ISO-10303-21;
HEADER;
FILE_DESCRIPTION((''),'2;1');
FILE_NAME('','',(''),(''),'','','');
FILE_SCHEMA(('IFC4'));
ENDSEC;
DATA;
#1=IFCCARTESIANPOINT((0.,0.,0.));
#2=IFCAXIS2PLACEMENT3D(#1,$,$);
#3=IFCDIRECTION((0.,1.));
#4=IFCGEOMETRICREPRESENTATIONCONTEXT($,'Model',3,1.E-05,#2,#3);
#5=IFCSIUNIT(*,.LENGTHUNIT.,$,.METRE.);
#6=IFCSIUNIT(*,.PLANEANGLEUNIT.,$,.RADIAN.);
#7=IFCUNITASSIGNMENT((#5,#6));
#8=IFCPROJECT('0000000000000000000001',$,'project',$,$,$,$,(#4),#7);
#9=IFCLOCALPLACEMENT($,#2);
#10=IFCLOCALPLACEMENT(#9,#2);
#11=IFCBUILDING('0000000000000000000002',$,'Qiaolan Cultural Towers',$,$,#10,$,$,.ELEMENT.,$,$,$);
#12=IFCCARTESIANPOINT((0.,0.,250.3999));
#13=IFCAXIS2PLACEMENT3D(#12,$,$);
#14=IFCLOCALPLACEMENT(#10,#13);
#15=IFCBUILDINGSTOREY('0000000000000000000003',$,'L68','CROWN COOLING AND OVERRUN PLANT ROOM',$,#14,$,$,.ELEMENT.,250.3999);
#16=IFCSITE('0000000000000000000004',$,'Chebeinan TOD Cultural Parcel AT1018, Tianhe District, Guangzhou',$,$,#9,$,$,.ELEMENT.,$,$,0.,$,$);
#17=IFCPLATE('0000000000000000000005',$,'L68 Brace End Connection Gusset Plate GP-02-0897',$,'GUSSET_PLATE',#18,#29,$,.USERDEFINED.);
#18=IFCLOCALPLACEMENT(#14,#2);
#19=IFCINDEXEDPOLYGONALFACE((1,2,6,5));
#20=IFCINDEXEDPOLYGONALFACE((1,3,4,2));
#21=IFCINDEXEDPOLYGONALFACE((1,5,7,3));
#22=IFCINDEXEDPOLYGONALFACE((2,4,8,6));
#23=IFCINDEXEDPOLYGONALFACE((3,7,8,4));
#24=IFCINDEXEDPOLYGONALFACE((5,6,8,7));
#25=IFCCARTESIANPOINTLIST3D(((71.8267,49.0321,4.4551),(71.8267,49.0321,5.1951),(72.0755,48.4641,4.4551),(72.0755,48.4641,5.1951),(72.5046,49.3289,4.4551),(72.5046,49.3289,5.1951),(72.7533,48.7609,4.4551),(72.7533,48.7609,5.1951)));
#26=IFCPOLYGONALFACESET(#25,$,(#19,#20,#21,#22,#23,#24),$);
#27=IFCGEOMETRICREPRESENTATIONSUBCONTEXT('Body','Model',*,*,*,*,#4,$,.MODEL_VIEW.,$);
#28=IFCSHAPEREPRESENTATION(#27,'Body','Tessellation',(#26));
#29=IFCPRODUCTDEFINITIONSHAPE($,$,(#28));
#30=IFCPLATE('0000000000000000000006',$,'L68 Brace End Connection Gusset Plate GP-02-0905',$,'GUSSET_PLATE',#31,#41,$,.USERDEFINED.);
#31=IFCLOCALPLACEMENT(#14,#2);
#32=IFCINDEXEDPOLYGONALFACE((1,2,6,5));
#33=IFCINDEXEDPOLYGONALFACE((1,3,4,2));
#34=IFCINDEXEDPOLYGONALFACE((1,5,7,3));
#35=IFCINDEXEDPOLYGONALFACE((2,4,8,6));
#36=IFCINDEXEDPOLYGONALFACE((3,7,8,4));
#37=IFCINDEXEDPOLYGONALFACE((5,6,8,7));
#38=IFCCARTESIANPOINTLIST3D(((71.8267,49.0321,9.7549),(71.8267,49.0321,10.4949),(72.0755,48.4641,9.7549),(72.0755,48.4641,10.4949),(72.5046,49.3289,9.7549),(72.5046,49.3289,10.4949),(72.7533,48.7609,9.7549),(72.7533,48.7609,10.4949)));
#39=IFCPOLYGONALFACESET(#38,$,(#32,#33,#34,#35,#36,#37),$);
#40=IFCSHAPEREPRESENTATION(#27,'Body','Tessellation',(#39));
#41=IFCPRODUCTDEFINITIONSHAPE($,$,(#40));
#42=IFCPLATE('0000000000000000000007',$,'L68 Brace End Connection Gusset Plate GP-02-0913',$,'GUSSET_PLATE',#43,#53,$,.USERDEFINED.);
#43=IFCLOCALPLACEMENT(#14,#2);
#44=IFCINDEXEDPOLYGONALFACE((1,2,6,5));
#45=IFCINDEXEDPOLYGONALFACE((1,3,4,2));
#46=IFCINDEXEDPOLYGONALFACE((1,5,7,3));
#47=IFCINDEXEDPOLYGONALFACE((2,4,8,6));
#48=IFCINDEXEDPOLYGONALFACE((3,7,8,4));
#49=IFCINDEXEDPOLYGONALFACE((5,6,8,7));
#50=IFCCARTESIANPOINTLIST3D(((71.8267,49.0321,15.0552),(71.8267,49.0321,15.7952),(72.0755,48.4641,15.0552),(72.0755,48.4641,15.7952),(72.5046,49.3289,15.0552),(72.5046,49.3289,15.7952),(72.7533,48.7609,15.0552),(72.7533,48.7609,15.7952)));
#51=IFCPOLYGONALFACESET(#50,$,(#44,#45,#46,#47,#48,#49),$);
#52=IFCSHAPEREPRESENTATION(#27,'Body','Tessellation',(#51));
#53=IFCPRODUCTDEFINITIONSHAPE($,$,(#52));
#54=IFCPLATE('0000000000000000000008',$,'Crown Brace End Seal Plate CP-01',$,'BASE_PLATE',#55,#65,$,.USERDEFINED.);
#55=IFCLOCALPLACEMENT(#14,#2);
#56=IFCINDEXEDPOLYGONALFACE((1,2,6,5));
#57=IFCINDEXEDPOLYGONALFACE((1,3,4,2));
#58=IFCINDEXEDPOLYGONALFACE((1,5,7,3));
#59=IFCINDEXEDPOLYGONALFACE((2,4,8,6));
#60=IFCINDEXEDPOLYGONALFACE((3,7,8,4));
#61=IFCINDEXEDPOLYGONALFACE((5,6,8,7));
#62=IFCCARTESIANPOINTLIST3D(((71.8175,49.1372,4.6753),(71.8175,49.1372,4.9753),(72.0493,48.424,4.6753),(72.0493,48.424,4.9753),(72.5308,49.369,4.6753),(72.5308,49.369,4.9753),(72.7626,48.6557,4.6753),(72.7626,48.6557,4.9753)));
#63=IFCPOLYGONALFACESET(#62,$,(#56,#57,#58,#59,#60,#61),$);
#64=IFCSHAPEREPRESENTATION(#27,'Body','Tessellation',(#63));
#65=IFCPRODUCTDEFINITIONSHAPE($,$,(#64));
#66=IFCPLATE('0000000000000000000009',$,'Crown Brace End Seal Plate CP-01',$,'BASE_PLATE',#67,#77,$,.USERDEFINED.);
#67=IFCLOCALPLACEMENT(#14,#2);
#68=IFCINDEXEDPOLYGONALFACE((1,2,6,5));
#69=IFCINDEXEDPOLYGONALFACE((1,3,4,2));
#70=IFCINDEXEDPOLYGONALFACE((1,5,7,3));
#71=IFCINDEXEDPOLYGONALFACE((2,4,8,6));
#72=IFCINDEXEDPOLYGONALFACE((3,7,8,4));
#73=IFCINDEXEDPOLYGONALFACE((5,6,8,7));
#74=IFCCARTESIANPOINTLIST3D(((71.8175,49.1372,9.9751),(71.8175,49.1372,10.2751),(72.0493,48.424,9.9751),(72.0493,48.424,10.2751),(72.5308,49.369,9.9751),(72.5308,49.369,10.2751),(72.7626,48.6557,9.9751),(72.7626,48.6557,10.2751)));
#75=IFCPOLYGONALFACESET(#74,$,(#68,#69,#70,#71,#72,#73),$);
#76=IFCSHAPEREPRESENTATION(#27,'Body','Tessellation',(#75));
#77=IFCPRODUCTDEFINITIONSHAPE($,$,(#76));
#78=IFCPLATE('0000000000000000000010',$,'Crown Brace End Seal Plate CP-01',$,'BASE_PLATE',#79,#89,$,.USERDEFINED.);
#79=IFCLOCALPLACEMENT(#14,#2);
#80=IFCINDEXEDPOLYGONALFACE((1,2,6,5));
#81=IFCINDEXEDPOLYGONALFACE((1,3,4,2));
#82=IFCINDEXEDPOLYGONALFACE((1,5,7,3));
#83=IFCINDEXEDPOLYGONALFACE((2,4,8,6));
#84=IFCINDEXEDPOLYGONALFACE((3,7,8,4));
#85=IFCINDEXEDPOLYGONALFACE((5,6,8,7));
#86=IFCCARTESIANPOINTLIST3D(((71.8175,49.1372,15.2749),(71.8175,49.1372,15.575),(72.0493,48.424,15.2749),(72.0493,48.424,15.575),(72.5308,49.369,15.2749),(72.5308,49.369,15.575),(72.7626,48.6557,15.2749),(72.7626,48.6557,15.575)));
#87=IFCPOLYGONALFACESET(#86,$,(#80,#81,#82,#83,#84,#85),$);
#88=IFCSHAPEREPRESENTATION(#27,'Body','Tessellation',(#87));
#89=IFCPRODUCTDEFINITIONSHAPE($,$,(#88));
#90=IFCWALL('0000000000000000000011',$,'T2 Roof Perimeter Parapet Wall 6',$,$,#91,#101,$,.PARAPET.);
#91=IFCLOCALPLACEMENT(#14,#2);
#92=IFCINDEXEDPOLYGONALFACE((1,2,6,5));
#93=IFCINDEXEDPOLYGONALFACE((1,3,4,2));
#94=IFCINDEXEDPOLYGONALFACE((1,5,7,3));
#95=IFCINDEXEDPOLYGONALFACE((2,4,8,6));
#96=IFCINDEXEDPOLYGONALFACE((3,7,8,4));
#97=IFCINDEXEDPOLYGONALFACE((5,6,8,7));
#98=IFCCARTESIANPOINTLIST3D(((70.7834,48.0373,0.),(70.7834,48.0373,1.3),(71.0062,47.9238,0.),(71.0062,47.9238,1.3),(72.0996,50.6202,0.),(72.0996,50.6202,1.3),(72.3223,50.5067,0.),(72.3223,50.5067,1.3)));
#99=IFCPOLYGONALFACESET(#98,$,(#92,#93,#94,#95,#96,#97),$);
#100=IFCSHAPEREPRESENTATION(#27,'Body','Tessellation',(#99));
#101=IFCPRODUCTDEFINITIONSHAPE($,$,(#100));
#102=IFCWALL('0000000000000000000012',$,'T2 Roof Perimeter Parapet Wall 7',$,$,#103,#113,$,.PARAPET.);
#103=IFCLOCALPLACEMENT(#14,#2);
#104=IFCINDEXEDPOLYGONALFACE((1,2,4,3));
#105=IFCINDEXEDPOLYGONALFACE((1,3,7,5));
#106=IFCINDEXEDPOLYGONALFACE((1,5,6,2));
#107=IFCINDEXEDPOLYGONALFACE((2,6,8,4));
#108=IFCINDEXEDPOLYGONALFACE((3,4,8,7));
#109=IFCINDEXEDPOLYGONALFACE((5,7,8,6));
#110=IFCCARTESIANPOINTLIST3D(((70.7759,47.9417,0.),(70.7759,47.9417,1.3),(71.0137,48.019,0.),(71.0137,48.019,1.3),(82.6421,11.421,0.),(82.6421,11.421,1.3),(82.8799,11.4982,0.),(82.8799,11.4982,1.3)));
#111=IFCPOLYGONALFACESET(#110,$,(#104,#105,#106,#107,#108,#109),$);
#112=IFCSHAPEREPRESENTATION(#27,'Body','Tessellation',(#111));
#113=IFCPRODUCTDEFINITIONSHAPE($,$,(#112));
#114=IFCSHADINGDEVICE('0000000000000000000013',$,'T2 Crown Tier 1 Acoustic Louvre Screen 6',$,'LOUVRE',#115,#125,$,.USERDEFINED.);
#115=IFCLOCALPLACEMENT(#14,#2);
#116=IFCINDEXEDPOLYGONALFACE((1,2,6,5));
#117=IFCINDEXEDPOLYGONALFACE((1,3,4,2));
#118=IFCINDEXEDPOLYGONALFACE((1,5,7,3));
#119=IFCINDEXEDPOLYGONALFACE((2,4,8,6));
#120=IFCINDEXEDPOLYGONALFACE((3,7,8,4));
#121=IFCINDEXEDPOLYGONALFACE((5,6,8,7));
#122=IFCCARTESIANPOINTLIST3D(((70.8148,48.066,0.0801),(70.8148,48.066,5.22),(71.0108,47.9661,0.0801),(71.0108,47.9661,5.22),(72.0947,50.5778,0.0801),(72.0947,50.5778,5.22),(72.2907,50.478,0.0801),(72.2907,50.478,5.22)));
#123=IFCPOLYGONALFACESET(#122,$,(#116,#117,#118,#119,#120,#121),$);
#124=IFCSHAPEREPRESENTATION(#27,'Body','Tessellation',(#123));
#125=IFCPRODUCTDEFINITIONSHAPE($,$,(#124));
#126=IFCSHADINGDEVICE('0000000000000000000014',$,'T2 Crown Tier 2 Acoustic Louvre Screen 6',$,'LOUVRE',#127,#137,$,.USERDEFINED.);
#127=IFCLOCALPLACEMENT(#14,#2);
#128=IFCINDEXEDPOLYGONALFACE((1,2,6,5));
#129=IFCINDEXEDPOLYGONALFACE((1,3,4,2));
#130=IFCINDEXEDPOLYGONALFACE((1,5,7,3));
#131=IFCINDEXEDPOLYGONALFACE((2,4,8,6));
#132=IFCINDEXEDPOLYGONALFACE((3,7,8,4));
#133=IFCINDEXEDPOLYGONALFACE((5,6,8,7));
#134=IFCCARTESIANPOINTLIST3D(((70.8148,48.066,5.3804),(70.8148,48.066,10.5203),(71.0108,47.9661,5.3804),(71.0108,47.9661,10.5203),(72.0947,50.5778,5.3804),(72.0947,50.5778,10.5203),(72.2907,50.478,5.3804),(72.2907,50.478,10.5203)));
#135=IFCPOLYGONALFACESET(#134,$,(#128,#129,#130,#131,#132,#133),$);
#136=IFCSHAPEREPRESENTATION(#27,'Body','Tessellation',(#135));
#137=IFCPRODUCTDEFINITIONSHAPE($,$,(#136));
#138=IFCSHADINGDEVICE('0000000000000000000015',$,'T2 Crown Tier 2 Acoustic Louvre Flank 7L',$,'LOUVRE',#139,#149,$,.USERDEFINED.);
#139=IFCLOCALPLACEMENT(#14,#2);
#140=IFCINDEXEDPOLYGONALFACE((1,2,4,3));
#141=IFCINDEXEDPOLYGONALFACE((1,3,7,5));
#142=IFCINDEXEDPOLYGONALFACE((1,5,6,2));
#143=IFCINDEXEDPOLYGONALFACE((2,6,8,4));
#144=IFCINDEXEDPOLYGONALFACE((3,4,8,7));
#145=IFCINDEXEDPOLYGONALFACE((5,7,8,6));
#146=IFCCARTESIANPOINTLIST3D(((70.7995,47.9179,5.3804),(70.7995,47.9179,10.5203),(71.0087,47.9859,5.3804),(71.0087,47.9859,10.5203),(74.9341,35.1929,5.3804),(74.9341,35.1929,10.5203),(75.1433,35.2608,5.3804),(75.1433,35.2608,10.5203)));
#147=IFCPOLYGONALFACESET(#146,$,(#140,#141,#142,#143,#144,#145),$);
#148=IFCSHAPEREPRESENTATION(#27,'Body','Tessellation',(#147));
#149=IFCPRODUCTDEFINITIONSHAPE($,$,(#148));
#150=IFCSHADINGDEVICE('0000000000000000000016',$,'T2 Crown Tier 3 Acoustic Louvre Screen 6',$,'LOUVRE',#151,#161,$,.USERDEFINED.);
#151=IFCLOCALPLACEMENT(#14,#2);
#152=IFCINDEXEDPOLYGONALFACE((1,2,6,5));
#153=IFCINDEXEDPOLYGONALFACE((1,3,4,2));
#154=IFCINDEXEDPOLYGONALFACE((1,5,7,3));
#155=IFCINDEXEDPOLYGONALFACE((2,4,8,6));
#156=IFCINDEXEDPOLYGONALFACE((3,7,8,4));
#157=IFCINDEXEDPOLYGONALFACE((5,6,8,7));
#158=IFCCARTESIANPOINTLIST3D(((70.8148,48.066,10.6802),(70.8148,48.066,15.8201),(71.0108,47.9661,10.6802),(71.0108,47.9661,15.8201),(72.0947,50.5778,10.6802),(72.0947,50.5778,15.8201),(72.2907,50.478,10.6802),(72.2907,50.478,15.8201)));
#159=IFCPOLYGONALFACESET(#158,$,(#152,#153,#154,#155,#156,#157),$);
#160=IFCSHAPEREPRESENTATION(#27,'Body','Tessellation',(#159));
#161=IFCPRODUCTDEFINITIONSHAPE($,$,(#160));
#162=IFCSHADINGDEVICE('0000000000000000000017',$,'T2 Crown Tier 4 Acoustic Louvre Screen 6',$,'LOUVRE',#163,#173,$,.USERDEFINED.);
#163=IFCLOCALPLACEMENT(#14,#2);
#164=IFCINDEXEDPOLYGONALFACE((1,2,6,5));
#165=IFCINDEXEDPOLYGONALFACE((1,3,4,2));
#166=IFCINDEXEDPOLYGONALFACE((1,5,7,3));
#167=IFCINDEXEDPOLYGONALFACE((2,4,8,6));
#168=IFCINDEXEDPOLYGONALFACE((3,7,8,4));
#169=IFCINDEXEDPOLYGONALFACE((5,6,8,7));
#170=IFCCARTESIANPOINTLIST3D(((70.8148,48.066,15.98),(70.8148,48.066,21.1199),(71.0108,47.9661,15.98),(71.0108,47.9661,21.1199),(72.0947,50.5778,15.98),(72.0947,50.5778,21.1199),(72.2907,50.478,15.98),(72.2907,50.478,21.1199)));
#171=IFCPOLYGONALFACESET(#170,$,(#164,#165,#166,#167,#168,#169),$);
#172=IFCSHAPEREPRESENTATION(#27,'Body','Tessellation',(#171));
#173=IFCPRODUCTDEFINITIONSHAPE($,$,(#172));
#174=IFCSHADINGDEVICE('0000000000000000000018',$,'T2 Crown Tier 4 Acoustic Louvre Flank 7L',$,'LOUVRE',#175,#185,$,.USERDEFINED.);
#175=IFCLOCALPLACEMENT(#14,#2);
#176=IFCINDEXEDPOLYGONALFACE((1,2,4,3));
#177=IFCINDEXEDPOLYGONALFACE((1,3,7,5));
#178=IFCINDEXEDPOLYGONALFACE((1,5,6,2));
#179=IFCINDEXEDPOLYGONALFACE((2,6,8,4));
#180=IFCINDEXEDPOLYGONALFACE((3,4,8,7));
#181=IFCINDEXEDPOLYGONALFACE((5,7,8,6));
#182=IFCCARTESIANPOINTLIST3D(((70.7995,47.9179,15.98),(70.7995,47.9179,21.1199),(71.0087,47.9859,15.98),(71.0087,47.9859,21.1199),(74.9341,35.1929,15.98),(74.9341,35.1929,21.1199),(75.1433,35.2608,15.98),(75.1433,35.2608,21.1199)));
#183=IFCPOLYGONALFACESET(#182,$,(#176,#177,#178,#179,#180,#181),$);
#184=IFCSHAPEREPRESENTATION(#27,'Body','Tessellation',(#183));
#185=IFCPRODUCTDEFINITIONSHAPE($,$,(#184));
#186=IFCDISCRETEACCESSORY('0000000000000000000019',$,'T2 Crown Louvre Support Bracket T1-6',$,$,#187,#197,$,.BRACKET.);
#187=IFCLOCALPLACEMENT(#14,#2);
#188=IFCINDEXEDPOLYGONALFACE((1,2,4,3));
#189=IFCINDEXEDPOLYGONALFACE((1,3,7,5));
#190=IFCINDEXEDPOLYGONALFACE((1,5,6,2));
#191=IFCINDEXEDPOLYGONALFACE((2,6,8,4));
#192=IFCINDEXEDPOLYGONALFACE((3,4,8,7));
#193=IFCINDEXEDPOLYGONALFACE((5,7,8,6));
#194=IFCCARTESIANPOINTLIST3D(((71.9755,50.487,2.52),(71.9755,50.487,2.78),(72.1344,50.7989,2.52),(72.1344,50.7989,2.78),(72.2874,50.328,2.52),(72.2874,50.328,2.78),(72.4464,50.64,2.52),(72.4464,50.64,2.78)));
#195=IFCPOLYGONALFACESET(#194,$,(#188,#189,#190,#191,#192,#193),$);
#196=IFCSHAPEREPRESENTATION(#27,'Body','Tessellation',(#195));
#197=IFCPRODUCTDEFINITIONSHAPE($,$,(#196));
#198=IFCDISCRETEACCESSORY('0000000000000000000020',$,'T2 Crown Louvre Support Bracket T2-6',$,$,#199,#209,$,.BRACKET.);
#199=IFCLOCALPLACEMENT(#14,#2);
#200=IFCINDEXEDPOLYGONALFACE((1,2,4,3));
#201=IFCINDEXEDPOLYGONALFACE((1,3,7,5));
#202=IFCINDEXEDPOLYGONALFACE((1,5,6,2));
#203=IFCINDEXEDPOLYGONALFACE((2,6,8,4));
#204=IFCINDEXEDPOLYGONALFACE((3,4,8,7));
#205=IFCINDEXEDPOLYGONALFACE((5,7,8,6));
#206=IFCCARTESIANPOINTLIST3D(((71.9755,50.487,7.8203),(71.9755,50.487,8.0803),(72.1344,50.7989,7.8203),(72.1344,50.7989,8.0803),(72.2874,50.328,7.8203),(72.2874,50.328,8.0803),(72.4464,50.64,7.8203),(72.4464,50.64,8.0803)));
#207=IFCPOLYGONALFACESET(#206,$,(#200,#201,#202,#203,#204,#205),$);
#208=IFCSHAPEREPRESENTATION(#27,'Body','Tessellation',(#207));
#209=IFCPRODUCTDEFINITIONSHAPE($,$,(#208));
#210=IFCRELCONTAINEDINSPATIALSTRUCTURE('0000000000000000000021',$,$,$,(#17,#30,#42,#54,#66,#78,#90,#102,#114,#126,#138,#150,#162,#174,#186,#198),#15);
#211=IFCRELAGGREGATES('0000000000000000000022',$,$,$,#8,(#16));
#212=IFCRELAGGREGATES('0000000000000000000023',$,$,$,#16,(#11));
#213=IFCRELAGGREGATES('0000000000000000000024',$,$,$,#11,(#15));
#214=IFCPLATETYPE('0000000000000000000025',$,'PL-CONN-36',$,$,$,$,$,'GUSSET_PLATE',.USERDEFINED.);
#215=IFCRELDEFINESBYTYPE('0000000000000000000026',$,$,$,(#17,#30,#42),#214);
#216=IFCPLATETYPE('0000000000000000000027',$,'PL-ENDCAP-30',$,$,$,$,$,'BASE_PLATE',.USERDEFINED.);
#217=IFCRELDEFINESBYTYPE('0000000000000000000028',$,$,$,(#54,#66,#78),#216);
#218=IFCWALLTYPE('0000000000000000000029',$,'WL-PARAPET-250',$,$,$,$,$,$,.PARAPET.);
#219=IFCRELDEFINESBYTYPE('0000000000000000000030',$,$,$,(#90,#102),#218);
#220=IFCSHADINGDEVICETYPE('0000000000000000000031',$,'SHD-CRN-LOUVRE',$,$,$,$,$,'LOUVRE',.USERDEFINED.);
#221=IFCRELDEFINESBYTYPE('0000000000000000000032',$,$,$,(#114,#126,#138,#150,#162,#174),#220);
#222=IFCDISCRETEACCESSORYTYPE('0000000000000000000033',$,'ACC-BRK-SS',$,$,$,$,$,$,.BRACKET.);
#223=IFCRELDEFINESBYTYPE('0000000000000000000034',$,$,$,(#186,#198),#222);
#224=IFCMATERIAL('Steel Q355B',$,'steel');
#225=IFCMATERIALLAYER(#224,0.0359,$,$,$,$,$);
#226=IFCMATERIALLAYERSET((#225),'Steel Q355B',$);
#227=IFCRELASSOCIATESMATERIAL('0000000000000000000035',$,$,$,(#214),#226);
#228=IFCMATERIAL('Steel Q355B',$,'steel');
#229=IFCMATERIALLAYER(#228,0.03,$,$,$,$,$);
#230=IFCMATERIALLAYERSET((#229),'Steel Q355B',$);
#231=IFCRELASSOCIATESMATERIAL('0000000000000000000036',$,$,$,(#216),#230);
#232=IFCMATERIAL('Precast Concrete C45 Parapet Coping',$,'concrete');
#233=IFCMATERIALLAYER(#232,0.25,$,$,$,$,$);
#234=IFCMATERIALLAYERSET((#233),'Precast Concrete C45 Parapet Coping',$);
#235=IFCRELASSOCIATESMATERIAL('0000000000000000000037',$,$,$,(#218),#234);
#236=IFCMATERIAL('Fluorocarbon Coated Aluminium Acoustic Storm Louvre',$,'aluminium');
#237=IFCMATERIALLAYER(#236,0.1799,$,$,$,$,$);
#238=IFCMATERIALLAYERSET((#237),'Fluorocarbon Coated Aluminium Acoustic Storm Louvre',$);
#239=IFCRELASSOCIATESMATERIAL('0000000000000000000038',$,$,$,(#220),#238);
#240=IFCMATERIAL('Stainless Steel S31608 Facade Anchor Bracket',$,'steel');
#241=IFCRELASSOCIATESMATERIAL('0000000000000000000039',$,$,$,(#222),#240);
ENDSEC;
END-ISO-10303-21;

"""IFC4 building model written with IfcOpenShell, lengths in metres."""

from ifc_helpers import new_model, si_unit, direction, frame, frame_2d, origin, origin_2d, place, context, subcontext, project, spatial, rectangle, extrude, material, layer, layer_set, type_object, element, save


model = new_model("IFC4")

# Units and contexts
model_context = context("Model", 3, precision=1e-05, world=origin(), true_north=direction((0.0, 1.0)))
body_context = subcontext(model_context, "Body", "Model", "MODEL_VIEW")
ifc_project = project(units=[si_unit("LENGTHUNIT", "METRE"), si_unit("PLANEANGLEUNIT", "RADIAN")], contexts=[model_context])

# Site, building, storey
site_placement = place(None, origin())
site = spatial("IfcSite", under=ifc_project, at=site_placement, Name="Chebeinan TOD Cultural Parcel AT1018, Tianhe District, Guangzhou", CompositionType="ELEMENT", RefElevation=0.0)
building_placement = place(site_placement, origin())
building = spatial("IfcBuilding", under=site, at=building_placement, Name="Qiaolan Cultural Towers", CompositionType="ELEMENT")
storey_placement = place(building_placement, frame((0.0, 0.0, 250.3999)))
storey = spatial("IfcBuildingStorey", under=building, at=storey_placement, Name="L68", Description="CROWN COOLING AND OVERRUN PLANT ROOM", CompositionType="ELEMENT", Elevation=250.3999)

# Plates
ifc_material_1 = material(Name="Steel Q355B", Category="steel")
ifc_layer_1 = layer(ifc_material_1, 0.0359)
ifc_layer_set_1 = layer_set([ifc_layer_1], Name="Steel Q355B")
plate_type_1 = type_object("IfcPlateType", Name="PL-CONN-36", ElementType="GUSSET_PLATE", PredefinedType="USERDEFINED", material=ifc_layer_set_1)
for number, where, z_axis, x_axis, name in (
    (1, (72.29, 48.8965, 4.4551), (0.0, 0.0, 1.0), (0.916043, 0.40108, 0.0), "L68 Brace End Connection Gusset Plate GP-02-0897"),
    (2, (72.29, 48.8965, 9.7549), (0.0, 0.0, 1.0), (0.916043, 0.40108, 0.0), "L68 Brace End Connection Gusset Plate GP-02-0905"),
    (3, (72.29, 48.8965, 15.0552), (0.0, 0.0, 1.0), (0.916043, 0.40108, 0.0), "L68 Brace End Connection Gusset Plate GP-02-0913"),
):
    element("IfcPlate", number, at=place(storey_placement, frame(where, z_axis=z_axis, x_axis=x_axis)), inside=storey, type_object=plate_type_1, Name=name, ObjectType="GUSSET_PLATE", PredefinedType="USERDEFINED", context=body_context, shape_type="SweptSolid", body=[
        extrude(rectangle(XDim=0.74, YDim=0.6201, at=origin_2d()), origin(), (0.0, 0.0, 1.0), 0.74),
    ])
ifc_material_2 = material(Name="Steel Q355B", Category="steel")
ifc_layer_2 = layer(ifc_material_2, 0.03)
ifc_layer_set_2 = layer_set([ifc_layer_2], Name="Steel Q355B")
plate_type_2 = type_object("IfcPlateType", Name="PL-ENDCAP-30", ElementType="BASE_PLATE", PredefinedType="USERDEFINED", material=ifc_layer_set_2)
for number, where, z_axis, x_axis, name in (
    (4, (72.29, 48.8965, 4.6753), (0.0, 0.0, 1.0), (0.951057, 0.309017, 0.0), "Crown Brace End Seal Plate CP-01"),
    (5, (72.29, 48.8965, 9.9751), (0.0, 0.0, 1.0), (0.951057, 0.309017, 0.0), "Crown Brace End Seal Plate CP-01"),
    (6, (72.29, 48.8965, 15.2749), (0.0, 0.0, 1.0), (0.951057, 0.309017, 0.0), "Crown Brace End Seal Plate CP-01"),
):
    element("IfcPlate", number, at=place(storey_placement, frame(where, z_axis=z_axis, x_axis=x_axis)), inside=storey, type_object=plate_type_2, Name=name, ObjectType="BASE_PLATE", PredefinedType="USERDEFINED", context=body_context, shape_type="SweptSolid", body=[
        extrude(rectangle(XDim=0.75, YDim=0.75, at=origin_2d()), origin(), (0.0, 0.0, 1.0), 0.3),
    ])

# Walls
ifc_material_3 = material(Name="Precast Concrete C45 Parapet Coping", Category="concrete")
ifc_layer_3 = layer(ifc_material_3, 0.25)
ifc_layer_set_3 = layer_set([ifc_layer_3], Name="Precast Concrete C45 Parapet Coping")
wall_type = type_object("IfcWallType", Name="WL-PARAPET-250", PredefinedType="PARAPET", material=ifc_layer_set_3)
wall_1_placement = place(storey_placement, frame((72.2109, 50.5635, 0.0), z_axis=(0.0, 0.0, 1.0), x_axis=(-0.454005, -0.890999, 0.0)))
element("IfcWall", 7, at=wall_1_placement, inside=storey, type_object=wall_type, Name="T2 Roof Perimeter Parapet Wall 6", PredefinedType="PARAPET", context=body_context, shape_type="SweptSolid", body=[
    extrude(rectangle(XDim=2.8989, YDim=0.25, at=frame_2d((1.4495, 0.0))), origin(), (0.0, 0.0, 1.0), 1.3),
])
wall_2_placement = place(storey_placement, frame((70.8948, 47.9805, 0.0), z_axis=(0.0, 0.0, 1.0), x_axis=(0.309015, -0.951057, 0.0)))
element("IfcWall", 8, at=wall_2_placement, inside=storey, type_object=wall_type, Name="T2 Roof Perimeter Parapet Wall 7", PredefinedType="PARAPET", context=body_context, shape_type="SweptSolid", body=[
    extrude(rectangle(XDim=38.4001, YDim=0.25, at=frame_2d((19.2002, 0.0))), origin(), (0.0, 0.0, 1.0), 1.3),
])

# Shading devices
ifc_material_4 = material(Name="Fluorocarbon Coated Aluminium Acoustic Storm Louvre", Category="aluminium")
ifc_layer_4 = layer(ifc_material_4, 0.1799)
ifc_layer_set_4 = layer_set([ifc_layer_4], Name="Fluorocarbon Coated Aluminium Acoustic Storm Louvre")
shading_device_type = type_object("IfcShadingDeviceType", Name="SHD-CRN-LOUVRE", ElementType="LOUVRE", PredefinedType="USERDEFINED", material=ifc_layer_set_4)
for number, where, z_axis, x_axis, name in (
    (9, (71.5527, 49.272, 0.0801), (0.0, 0.0, 1.0), (-0.453991, -0.891006, 0.0), "T2 Crown Tier 1 Acoustic Louvre Screen 6"),
    (10, (71.5527, 49.272, 5.3804), (0.0, 0.0, 1.0), (-0.453991, -0.891006, 0.0), "T2 Crown Tier 2 Acoustic Louvre Screen 6"),
):
    element("IfcShadingDevice", number, at=place(storey_placement, frame(where, z_axis=z_axis, x_axis=x_axis)), inside=storey, type_object=shading_device_type, Name=name, ObjectType="LOUVRE", PredefinedType="USERDEFINED", context=body_context, shape_type="SweptSolid", body=[
        extrude(rectangle(XDim=2.8191, YDim=0.22, at=origin_2d()), origin(), (0.0, 0.0, 1.0), 5.1399),
    ])
shading_device_1_placement = place(storey_placement, frame((72.9714, 41.5894, 5.3804), z_axis=(0.0, 0.0, 1.0), x_axis=(0.309017, -0.951057, 0.0)))
element("IfcShadingDevice", 11, at=shading_device_1_placement, inside=storey, type_object=shading_device_type, Name="T2 Crown Tier 2 Acoustic Louvre Flank 7L", ObjectType="LOUVRE", PredefinedType="USERDEFINED", context=body_context, shape_type="SweptSolid", body=[
    extrude(rectangle(XDim=13.3799, YDim=0.22, at=origin_2d()), origin(), (0.0, 0.0, 1.0), 5.1399),
])
for number, where, z_axis, x_axis, name in (
    (12, (71.5527, 49.272, 10.6802), (0.0, 0.0, 1.0), (-0.453991, -0.891006, 0.0), "T2 Crown Tier 3 Acoustic Louvre Screen 6"),
    (13, (71.5527, 49.272, 15.98), (0.0, 0.0, 1.0), (-0.453991, -0.891006, 0.0), "T2 Crown Tier 4 Acoustic Louvre Screen 6"),
):
    element("IfcShadingDevice", number, at=place(storey_placement, frame(where, z_axis=z_axis, x_axis=x_axis)), inside=storey, type_object=shading_device_type, Name=name, ObjectType="LOUVRE", PredefinedType="USERDEFINED", context=body_context, shape_type="SweptSolid", body=[
        extrude(rectangle(XDim=2.8191, YDim=0.22, at=origin_2d()), origin(), (0.0, 0.0, 1.0), 5.1399),
    ])
shading_device_2_placement = place(storey_placement, frame((72.9714, 41.5894, 15.98), z_axis=(0.0, 0.0, 1.0), x_axis=(0.309017, -0.951057, 0.0)))
element("IfcShadingDevice", 14, at=shading_device_2_placement, inside=storey, type_object=shading_device_type, Name="T2 Crown Tier 4 Acoustic Louvre Flank 7L", ObjectType="LOUVRE", PredefinedType="USERDEFINED", context=body_context, shape_type="SweptSolid", body=[
    extrude(rectangle(XDim=13.3799, YDim=0.22, at=origin_2d()), origin(), (0.0, 0.0, 1.0), 5.1399),
])

# Discrete accessories
ifc_material_5 = material(Name="Stainless Steel S31608 Facade Anchor Bracket", Category="steel")
discrete_accessory_type = type_object("IfcDiscreteAccessoryType", Name="ACC-BRK-SS", PredefinedType="BRACKET", material=ifc_material_5)
for number, where, z_axis, x_axis, name in (
    (15, (72.2109, 50.5635, 2.52), (0.0, 0.0, 1.0), (-0.453991, -0.891006, 0.0), "T2 Crown Louvre Support Bracket T1-6"),
    (16, (72.2109, 50.5635, 7.8203), (0.0, 0.0, 1.0), (-0.453991, -0.891006, 0.0), "T2 Crown Louvre Support Bracket T2-6"),
):
    element("IfcDiscreteAccessory", number, at=place(storey_placement, frame(where, z_axis=z_axis, x_axis=x_axis)), inside=storey, type_object=discrete_accessory_type, Name=name, PredefinedType="BRACKET", context=body_context, shape_type="SweptSolid", body=[
        extrude(rectangle(XDim=0.3501, YDim=0.3501, at=origin_2d()), origin(), (0.0, 0.0, 1.0), 0.26),
    ])

save(model, "model.ifc")
